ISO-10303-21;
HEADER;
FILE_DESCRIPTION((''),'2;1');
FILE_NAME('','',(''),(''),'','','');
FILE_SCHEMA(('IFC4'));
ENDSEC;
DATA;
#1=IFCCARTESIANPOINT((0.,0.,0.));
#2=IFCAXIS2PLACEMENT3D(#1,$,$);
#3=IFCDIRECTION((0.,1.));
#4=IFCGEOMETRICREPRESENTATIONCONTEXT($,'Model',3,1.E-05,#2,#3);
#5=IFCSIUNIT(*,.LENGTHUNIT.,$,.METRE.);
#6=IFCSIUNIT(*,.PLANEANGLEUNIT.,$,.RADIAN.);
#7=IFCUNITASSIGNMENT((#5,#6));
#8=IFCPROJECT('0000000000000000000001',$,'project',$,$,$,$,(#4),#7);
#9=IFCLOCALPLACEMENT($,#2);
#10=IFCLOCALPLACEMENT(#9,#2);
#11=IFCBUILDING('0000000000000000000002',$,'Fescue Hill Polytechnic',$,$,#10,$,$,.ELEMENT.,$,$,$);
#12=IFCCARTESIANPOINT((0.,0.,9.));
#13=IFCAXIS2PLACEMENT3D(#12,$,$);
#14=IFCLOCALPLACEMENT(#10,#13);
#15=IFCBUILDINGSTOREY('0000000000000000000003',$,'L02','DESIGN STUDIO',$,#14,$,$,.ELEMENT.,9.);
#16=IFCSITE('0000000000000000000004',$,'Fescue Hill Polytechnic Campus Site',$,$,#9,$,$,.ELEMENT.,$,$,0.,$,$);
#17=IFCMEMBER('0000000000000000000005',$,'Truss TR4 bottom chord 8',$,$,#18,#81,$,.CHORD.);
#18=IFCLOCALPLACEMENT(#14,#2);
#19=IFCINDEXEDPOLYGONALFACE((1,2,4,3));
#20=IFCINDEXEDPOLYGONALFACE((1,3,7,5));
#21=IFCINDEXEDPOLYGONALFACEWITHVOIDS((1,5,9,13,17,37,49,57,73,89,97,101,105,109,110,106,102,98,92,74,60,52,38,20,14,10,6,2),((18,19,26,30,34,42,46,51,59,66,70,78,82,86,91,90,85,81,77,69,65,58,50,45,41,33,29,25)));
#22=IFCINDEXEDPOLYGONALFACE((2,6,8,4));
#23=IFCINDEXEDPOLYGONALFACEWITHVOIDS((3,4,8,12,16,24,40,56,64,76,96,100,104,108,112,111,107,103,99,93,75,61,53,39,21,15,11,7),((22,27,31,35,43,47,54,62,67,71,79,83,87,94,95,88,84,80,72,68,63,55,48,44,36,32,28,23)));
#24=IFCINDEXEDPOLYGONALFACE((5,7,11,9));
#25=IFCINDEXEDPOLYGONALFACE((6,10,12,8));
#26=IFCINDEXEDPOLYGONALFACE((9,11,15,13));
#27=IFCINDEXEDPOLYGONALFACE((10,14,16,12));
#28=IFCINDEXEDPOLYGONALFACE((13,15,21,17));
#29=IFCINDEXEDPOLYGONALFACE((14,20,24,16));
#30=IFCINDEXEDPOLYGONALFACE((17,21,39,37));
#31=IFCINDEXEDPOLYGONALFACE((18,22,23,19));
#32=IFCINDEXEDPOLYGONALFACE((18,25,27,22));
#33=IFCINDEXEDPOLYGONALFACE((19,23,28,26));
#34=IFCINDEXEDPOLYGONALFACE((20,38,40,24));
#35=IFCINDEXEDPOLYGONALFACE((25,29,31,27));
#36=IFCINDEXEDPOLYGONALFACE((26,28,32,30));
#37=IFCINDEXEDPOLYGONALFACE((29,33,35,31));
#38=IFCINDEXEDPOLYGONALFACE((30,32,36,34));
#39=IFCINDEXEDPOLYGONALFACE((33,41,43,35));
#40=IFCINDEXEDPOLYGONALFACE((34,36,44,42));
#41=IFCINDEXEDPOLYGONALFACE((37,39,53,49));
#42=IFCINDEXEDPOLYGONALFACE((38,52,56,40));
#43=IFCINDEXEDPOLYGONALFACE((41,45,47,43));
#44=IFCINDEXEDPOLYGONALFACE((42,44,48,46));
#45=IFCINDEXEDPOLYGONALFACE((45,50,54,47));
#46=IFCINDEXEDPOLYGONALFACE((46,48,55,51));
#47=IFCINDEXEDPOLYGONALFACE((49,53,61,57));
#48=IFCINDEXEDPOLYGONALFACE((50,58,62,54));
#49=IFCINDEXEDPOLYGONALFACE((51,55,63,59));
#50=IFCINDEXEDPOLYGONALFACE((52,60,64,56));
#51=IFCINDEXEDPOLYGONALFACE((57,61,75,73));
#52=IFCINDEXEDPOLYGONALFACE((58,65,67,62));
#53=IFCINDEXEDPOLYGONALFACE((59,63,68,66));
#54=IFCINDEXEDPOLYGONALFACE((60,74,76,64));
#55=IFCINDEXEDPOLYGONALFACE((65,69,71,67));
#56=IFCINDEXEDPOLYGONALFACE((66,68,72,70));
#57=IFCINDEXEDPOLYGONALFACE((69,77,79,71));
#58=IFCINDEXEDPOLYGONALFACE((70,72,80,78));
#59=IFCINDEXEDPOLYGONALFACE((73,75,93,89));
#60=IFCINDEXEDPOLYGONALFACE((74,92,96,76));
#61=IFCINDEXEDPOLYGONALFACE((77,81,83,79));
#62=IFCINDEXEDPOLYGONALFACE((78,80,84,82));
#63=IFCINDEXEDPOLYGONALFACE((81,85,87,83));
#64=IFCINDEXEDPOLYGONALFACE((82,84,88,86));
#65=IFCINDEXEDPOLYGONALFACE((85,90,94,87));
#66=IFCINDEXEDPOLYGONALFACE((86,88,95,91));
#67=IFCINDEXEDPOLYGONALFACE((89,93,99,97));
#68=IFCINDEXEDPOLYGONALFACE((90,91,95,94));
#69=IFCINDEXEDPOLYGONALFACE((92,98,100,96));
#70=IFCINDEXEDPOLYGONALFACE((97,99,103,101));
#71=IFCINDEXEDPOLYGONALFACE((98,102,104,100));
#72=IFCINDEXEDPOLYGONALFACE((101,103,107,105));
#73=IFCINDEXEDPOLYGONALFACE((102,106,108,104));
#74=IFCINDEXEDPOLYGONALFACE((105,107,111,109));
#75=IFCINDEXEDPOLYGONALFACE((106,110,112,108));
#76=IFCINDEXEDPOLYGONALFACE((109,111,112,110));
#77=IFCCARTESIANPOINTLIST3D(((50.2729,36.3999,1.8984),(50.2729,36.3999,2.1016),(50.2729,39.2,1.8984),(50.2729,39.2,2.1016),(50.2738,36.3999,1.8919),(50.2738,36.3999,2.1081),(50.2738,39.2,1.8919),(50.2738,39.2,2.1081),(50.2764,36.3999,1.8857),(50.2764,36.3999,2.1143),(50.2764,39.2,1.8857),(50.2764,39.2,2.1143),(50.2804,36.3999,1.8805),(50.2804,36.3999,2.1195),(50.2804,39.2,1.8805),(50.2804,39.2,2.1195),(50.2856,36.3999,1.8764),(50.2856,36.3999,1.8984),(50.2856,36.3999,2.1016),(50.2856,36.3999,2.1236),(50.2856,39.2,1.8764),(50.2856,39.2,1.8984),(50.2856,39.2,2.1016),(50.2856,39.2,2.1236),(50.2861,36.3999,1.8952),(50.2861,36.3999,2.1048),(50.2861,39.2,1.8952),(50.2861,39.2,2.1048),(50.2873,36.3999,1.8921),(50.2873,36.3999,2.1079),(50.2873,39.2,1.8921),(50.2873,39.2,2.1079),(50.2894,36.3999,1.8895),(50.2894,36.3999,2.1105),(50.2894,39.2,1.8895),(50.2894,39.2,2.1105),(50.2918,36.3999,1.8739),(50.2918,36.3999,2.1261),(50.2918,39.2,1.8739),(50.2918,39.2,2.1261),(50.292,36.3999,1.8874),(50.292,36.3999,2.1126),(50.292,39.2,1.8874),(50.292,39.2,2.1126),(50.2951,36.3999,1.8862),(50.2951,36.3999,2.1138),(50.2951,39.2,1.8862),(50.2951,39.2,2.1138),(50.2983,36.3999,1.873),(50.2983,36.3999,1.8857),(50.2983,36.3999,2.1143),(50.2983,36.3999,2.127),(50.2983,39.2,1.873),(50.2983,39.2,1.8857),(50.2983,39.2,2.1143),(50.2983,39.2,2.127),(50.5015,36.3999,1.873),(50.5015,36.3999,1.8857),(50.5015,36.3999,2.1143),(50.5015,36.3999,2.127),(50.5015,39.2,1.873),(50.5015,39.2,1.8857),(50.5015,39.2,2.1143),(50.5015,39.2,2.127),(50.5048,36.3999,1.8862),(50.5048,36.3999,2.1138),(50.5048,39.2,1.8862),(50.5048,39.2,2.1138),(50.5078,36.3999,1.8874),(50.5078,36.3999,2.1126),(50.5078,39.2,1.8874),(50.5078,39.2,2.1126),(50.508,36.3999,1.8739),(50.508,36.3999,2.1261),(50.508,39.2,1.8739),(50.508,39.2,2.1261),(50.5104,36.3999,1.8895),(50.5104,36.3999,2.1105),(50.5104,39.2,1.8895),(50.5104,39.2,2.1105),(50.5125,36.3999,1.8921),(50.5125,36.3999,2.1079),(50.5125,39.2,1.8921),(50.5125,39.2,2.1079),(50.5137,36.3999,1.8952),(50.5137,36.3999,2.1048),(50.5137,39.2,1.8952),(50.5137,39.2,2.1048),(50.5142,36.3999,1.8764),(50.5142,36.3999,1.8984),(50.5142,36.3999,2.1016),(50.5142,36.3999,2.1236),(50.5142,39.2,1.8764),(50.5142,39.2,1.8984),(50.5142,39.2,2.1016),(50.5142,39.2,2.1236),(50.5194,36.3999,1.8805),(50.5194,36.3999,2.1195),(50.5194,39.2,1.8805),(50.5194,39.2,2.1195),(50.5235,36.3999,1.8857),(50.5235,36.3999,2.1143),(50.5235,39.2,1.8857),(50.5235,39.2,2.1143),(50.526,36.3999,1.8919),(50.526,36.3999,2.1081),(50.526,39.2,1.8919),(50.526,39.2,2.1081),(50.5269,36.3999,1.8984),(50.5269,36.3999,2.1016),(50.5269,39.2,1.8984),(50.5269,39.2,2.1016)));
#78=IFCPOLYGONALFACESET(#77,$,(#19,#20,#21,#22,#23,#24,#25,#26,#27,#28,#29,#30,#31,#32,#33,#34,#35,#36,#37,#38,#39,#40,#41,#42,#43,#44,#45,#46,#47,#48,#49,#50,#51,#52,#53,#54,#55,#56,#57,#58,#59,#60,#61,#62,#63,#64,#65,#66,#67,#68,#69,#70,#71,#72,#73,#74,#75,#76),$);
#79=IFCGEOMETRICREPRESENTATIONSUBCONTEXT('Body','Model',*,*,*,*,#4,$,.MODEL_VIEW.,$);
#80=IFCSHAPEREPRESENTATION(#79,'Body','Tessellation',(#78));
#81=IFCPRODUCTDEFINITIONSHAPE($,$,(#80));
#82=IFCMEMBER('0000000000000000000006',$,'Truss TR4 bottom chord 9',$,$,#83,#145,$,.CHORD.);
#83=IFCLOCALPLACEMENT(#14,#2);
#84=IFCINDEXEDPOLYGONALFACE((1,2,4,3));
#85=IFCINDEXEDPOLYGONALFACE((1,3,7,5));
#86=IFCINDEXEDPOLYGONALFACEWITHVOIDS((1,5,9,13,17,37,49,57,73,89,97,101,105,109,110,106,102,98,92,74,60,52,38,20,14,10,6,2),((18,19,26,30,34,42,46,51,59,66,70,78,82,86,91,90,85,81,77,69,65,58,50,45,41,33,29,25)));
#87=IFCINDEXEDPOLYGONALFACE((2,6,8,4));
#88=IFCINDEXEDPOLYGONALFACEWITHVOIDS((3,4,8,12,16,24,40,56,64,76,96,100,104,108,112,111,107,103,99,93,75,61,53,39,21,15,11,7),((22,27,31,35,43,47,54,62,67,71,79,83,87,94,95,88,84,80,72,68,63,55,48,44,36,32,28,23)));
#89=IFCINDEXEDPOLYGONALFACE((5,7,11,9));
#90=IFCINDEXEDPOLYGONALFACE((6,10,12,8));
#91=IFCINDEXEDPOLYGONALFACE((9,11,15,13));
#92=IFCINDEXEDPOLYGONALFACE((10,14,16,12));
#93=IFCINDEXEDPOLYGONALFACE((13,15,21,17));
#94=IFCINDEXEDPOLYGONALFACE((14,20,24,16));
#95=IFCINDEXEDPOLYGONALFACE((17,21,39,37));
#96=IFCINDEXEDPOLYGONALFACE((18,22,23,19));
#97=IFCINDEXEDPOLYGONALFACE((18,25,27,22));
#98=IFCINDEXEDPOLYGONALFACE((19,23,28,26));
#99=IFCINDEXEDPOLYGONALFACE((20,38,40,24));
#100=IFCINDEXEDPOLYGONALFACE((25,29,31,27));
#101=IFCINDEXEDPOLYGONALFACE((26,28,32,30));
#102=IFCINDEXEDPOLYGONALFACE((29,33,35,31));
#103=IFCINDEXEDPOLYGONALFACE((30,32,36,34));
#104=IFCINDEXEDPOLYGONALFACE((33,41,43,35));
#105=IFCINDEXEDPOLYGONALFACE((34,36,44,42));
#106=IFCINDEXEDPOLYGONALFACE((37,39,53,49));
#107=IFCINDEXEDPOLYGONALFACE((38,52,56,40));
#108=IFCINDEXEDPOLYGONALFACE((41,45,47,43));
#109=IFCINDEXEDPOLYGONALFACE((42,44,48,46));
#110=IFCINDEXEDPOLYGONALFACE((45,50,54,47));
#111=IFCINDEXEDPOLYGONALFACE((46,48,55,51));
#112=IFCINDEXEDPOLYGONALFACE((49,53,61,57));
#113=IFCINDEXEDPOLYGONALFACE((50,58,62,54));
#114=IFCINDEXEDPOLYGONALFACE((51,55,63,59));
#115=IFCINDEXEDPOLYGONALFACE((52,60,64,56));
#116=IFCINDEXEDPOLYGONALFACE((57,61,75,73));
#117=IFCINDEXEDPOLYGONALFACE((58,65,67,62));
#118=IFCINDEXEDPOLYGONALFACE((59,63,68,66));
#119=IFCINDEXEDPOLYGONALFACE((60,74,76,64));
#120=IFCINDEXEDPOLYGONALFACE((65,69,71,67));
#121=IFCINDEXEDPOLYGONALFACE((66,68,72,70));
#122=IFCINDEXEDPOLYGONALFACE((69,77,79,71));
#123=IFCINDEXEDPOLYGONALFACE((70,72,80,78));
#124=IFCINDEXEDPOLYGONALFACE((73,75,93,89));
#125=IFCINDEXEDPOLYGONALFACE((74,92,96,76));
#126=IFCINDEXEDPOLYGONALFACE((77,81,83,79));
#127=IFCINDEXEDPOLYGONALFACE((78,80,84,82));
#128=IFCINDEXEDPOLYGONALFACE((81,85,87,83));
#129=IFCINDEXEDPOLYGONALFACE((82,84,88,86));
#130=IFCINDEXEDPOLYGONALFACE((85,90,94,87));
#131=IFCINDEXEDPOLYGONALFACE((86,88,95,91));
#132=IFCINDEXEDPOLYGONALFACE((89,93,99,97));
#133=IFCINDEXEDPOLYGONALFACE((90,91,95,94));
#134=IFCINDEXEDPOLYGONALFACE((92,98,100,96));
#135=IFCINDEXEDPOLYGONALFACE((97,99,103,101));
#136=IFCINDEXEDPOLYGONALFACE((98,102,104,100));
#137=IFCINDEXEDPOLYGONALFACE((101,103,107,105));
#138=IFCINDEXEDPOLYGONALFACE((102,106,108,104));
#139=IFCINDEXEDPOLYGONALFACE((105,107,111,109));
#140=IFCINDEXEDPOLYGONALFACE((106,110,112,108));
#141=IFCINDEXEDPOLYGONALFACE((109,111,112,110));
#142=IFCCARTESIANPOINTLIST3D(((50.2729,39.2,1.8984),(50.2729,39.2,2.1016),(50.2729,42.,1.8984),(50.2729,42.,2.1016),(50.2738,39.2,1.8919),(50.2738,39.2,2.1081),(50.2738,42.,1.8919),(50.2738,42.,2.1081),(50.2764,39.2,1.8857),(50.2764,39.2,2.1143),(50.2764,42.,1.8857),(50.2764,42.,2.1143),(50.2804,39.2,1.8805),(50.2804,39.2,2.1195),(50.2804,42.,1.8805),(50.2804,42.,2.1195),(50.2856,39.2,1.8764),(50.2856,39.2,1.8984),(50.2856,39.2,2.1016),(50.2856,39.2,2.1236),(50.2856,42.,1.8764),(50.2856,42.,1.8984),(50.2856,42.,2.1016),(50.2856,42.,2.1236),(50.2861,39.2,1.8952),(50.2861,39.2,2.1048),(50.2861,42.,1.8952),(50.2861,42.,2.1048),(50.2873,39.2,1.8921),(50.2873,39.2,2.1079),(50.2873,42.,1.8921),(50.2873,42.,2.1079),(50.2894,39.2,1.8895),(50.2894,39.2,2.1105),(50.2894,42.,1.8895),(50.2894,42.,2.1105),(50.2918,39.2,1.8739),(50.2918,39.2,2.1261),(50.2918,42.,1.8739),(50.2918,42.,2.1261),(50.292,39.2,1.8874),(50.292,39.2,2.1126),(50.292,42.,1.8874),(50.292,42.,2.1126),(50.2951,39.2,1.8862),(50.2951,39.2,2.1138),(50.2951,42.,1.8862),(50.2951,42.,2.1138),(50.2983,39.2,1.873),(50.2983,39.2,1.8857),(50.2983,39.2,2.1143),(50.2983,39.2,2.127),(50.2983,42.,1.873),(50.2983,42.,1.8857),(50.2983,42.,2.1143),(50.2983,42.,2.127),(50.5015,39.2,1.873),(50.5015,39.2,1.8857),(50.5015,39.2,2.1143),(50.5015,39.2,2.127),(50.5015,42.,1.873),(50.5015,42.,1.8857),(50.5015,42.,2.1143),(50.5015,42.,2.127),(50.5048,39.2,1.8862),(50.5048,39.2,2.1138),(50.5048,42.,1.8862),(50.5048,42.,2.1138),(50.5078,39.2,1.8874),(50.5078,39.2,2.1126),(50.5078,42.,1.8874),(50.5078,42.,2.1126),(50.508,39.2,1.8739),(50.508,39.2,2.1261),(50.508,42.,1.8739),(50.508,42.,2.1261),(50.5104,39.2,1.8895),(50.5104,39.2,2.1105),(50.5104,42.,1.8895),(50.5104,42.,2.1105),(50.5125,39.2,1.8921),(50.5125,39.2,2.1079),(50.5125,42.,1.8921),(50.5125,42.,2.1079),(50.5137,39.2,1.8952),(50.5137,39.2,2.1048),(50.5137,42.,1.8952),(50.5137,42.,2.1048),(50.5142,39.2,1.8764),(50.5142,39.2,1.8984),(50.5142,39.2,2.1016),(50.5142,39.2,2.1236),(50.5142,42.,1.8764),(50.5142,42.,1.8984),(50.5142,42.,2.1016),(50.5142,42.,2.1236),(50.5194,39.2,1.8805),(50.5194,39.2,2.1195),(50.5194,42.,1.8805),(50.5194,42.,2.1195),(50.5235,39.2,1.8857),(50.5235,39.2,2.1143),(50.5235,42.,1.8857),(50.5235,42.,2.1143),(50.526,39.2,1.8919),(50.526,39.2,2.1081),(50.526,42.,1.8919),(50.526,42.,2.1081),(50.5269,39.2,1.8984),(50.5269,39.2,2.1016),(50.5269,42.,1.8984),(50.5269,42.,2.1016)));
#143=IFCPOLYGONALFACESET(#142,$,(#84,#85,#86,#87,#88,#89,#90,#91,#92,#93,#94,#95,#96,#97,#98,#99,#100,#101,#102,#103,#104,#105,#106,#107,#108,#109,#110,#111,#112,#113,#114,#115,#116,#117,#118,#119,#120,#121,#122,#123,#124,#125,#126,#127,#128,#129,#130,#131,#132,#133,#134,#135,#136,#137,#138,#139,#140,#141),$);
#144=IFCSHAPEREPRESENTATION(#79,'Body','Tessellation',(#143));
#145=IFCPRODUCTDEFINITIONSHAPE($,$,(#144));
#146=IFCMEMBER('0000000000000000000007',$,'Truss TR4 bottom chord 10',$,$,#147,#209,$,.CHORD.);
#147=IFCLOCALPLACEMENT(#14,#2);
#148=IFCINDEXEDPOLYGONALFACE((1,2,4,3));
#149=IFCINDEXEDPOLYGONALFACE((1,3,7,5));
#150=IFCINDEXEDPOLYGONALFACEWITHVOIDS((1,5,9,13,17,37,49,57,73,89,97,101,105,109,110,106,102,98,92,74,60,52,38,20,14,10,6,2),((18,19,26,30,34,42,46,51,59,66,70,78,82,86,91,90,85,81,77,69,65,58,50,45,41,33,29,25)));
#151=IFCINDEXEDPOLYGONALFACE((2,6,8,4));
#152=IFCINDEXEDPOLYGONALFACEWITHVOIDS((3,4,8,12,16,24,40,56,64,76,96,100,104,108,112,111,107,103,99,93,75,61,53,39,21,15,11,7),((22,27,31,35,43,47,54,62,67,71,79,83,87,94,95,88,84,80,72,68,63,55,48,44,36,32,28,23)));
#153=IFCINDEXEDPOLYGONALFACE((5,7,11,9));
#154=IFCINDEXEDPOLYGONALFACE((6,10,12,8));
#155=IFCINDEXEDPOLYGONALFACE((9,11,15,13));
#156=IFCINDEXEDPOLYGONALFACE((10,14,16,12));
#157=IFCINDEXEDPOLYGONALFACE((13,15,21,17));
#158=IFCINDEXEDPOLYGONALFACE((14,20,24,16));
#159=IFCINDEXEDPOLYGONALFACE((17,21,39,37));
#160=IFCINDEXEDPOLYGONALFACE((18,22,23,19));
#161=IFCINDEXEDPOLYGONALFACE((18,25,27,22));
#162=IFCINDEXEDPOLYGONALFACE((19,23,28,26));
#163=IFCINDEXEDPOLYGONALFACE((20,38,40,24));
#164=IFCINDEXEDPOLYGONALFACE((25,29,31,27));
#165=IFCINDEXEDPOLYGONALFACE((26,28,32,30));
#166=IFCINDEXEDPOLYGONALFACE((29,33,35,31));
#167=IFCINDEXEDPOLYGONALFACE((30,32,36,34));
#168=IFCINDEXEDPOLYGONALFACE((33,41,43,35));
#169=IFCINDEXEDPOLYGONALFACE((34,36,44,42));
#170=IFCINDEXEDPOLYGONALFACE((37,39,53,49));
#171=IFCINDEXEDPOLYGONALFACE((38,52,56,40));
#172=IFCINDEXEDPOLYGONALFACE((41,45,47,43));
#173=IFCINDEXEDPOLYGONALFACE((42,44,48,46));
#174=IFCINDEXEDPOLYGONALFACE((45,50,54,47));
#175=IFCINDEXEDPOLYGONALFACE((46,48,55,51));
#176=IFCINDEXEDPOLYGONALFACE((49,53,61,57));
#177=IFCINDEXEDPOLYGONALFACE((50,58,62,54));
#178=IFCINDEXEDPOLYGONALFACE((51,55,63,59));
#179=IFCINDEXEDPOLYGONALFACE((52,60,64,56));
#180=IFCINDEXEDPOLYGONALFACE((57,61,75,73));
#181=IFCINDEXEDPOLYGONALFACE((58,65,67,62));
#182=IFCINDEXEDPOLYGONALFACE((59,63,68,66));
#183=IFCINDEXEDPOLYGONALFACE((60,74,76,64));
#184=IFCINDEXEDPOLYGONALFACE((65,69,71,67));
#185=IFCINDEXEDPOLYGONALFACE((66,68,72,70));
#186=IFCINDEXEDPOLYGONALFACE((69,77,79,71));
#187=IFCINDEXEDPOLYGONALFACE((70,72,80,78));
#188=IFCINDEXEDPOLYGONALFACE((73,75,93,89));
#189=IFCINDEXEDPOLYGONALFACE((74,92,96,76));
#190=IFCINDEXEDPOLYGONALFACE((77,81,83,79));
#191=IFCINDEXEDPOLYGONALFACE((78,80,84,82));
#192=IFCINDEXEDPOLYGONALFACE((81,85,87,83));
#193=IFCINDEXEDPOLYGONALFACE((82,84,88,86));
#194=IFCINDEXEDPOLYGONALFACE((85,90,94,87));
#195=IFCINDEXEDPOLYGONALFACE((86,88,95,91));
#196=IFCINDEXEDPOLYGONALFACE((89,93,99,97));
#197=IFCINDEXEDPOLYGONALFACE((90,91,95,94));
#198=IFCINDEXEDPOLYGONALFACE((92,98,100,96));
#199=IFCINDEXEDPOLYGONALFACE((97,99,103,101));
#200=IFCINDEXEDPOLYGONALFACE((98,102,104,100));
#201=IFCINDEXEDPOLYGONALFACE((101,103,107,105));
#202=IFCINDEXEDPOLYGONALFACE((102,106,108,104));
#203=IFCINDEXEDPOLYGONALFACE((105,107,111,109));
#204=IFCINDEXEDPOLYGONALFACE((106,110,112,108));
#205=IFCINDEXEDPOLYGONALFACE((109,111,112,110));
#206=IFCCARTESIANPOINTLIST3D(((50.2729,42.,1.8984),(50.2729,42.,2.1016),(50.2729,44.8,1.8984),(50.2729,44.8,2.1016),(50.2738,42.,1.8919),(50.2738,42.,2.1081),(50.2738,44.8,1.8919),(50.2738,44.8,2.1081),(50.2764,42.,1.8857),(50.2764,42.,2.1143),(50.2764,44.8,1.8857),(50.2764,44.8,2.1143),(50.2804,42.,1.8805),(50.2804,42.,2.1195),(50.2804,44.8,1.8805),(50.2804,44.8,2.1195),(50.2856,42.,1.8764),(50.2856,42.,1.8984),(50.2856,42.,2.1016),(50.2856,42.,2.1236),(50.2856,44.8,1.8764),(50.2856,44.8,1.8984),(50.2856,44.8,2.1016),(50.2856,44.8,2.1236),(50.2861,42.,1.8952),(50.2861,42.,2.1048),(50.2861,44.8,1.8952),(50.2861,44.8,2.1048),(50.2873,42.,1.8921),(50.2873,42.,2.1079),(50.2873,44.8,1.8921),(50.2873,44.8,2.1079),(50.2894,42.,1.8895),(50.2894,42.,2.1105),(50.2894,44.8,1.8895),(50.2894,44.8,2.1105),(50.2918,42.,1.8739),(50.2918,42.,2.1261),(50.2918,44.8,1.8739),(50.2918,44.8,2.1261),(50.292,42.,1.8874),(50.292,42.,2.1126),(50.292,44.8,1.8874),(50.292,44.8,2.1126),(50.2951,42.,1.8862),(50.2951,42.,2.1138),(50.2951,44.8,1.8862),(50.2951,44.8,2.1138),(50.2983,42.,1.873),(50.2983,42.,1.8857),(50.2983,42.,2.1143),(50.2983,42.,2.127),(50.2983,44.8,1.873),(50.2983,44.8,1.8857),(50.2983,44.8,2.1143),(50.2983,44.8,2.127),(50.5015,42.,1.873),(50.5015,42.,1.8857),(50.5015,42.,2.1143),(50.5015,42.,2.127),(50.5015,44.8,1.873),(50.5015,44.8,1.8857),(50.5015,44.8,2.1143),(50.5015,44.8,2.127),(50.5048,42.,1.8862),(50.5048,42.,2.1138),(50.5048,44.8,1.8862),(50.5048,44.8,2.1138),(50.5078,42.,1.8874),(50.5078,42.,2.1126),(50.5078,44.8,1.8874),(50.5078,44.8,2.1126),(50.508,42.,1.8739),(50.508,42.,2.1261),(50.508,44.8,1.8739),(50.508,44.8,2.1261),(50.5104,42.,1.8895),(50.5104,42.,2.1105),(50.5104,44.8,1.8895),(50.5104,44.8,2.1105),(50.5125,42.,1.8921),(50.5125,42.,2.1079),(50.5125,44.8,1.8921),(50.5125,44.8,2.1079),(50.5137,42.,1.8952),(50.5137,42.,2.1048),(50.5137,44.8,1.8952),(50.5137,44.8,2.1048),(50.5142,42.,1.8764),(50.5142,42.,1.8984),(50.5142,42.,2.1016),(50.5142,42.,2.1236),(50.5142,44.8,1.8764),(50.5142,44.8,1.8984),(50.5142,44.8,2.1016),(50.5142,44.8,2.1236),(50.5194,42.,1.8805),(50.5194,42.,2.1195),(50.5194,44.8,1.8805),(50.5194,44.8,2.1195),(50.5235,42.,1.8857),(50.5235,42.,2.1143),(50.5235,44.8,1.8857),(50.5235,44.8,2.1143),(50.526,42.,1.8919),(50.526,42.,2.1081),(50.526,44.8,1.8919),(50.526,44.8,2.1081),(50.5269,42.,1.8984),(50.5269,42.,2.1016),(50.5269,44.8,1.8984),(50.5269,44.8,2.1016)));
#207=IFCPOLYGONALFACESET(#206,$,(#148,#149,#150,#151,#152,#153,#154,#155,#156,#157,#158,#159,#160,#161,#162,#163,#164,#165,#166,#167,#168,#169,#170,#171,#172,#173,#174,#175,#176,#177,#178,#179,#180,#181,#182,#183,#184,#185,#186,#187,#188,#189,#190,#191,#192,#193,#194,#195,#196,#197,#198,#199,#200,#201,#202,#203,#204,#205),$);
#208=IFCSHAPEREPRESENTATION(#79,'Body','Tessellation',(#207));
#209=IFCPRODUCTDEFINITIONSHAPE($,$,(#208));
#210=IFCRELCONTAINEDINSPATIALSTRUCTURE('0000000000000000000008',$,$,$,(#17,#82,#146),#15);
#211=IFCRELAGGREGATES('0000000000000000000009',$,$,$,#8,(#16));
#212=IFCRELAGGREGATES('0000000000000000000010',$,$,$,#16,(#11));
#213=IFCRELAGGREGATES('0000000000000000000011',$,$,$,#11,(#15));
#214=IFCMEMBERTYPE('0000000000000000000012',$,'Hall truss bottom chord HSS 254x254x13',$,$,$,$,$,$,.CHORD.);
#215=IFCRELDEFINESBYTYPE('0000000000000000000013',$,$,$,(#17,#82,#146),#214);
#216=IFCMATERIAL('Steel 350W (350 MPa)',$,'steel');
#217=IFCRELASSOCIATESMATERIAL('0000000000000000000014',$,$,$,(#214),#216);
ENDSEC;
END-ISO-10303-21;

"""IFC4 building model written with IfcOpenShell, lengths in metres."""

from ifc_helpers import new_model, si_unit, direction, frame, origin, origin_2d, place, context, subcontext, project, spatial, hollow_rectangle, extrude, material, material_profile, profile_set, type_object, element, save


model = new_model("IFC4")

# Units and contexts
model_context = context("Model", 3, precision=1e-05, world=origin(), true_north=direction((0.0, 1.0)))
body_context = subcontext(model_context, "Body", "Model", "MODEL_VIEW")
ifc_project = project(units=[si_unit("LENGTHUNIT", "METRE"), si_unit("PLANEANGLEUNIT", "RADIAN")], contexts=[model_context])

# Site, building, storey
site_placement = place(None, origin())
site = spatial("IfcSite", under=ifc_project, at=site_placement, Name="Fescue Hill Polytechnic Campus Site", CompositionType="ELEMENT", RefElevation=0.0)
building_placement = place(site_placement, origin())
building = spatial("IfcBuilding", under=site, at=building_placement, Name="Fescue Hill Polytechnic", CompositionType="ELEMENT")
storey_placement = place(building_placement, frame((0.0, 0.0, 9.0)))
storey = spatial("IfcBuildingStorey", under=building, at=storey_placement, Name="L02", Description="DESIGN STUDIO", CompositionType="ELEMENT", Elevation=9.0)

# Members
ifc_material = material(Name="Steel 350W (350 MPa)", Category="steel")
ifc_material_profile_1 = material_profile(ifc_material, hollow_rectangle(XDim=0.2539, YDim=0.2539, WallThickness=0.0127, InnerFilletRadius=0.0127, OuterFilletRadius=0.0254, at=origin_2d()), Name="Hall truss bottom chord HSS 254x254x13")
ifc_profile_set_1 = profile_set([ifc_material_profile_1], Name="Steel 350W (350 MPa)")
member_type_1 = type_object("IfcMemberType", Name="Hall truss bottom chord HSS 254x254x13", PredefinedType="CHORD", material=ifc_profile_set_1)
for number, where, z_axis, x_axis, name in (
    (1, (50.3999, 36.3999, 2.0), (0.0, 1.0, 0.0), (-1.0, 0.0, 0.0), "Truss TR4 bottom chord 8"),
    (2, (50.3999, 39.2, 2.0), (0.0, 1.0, 0.0), (-1.0, 0.0, 0.0), "Truss TR4 bottom chord 9"),
    (3, (50.3999, 42.0, 2.0), (0.0, 1.0, 0.0), (-1.0, 0.0, 0.0), "Truss TR4 bottom chord 10"),
):
    element("IfcMember", number, at=place(storey_placement, frame(where, z_axis=z_axis, x_axis=x_axis)), inside=storey, type_object=member_type_1, Name=name, PredefinedType="CHORD", context=body_context, shape_type="SweptSolid", body=[
        extrude(hollow_rectangle(XDim=0.2539, YDim=0.2539, WallThickness=0.0127, InnerFilletRadius=0.0127, OuterFilletRadius=0.0254, at=origin_2d()), origin(), (0.0, 0.0, 1.0), 2.8),
    ])

save(model, "model.ifc")
